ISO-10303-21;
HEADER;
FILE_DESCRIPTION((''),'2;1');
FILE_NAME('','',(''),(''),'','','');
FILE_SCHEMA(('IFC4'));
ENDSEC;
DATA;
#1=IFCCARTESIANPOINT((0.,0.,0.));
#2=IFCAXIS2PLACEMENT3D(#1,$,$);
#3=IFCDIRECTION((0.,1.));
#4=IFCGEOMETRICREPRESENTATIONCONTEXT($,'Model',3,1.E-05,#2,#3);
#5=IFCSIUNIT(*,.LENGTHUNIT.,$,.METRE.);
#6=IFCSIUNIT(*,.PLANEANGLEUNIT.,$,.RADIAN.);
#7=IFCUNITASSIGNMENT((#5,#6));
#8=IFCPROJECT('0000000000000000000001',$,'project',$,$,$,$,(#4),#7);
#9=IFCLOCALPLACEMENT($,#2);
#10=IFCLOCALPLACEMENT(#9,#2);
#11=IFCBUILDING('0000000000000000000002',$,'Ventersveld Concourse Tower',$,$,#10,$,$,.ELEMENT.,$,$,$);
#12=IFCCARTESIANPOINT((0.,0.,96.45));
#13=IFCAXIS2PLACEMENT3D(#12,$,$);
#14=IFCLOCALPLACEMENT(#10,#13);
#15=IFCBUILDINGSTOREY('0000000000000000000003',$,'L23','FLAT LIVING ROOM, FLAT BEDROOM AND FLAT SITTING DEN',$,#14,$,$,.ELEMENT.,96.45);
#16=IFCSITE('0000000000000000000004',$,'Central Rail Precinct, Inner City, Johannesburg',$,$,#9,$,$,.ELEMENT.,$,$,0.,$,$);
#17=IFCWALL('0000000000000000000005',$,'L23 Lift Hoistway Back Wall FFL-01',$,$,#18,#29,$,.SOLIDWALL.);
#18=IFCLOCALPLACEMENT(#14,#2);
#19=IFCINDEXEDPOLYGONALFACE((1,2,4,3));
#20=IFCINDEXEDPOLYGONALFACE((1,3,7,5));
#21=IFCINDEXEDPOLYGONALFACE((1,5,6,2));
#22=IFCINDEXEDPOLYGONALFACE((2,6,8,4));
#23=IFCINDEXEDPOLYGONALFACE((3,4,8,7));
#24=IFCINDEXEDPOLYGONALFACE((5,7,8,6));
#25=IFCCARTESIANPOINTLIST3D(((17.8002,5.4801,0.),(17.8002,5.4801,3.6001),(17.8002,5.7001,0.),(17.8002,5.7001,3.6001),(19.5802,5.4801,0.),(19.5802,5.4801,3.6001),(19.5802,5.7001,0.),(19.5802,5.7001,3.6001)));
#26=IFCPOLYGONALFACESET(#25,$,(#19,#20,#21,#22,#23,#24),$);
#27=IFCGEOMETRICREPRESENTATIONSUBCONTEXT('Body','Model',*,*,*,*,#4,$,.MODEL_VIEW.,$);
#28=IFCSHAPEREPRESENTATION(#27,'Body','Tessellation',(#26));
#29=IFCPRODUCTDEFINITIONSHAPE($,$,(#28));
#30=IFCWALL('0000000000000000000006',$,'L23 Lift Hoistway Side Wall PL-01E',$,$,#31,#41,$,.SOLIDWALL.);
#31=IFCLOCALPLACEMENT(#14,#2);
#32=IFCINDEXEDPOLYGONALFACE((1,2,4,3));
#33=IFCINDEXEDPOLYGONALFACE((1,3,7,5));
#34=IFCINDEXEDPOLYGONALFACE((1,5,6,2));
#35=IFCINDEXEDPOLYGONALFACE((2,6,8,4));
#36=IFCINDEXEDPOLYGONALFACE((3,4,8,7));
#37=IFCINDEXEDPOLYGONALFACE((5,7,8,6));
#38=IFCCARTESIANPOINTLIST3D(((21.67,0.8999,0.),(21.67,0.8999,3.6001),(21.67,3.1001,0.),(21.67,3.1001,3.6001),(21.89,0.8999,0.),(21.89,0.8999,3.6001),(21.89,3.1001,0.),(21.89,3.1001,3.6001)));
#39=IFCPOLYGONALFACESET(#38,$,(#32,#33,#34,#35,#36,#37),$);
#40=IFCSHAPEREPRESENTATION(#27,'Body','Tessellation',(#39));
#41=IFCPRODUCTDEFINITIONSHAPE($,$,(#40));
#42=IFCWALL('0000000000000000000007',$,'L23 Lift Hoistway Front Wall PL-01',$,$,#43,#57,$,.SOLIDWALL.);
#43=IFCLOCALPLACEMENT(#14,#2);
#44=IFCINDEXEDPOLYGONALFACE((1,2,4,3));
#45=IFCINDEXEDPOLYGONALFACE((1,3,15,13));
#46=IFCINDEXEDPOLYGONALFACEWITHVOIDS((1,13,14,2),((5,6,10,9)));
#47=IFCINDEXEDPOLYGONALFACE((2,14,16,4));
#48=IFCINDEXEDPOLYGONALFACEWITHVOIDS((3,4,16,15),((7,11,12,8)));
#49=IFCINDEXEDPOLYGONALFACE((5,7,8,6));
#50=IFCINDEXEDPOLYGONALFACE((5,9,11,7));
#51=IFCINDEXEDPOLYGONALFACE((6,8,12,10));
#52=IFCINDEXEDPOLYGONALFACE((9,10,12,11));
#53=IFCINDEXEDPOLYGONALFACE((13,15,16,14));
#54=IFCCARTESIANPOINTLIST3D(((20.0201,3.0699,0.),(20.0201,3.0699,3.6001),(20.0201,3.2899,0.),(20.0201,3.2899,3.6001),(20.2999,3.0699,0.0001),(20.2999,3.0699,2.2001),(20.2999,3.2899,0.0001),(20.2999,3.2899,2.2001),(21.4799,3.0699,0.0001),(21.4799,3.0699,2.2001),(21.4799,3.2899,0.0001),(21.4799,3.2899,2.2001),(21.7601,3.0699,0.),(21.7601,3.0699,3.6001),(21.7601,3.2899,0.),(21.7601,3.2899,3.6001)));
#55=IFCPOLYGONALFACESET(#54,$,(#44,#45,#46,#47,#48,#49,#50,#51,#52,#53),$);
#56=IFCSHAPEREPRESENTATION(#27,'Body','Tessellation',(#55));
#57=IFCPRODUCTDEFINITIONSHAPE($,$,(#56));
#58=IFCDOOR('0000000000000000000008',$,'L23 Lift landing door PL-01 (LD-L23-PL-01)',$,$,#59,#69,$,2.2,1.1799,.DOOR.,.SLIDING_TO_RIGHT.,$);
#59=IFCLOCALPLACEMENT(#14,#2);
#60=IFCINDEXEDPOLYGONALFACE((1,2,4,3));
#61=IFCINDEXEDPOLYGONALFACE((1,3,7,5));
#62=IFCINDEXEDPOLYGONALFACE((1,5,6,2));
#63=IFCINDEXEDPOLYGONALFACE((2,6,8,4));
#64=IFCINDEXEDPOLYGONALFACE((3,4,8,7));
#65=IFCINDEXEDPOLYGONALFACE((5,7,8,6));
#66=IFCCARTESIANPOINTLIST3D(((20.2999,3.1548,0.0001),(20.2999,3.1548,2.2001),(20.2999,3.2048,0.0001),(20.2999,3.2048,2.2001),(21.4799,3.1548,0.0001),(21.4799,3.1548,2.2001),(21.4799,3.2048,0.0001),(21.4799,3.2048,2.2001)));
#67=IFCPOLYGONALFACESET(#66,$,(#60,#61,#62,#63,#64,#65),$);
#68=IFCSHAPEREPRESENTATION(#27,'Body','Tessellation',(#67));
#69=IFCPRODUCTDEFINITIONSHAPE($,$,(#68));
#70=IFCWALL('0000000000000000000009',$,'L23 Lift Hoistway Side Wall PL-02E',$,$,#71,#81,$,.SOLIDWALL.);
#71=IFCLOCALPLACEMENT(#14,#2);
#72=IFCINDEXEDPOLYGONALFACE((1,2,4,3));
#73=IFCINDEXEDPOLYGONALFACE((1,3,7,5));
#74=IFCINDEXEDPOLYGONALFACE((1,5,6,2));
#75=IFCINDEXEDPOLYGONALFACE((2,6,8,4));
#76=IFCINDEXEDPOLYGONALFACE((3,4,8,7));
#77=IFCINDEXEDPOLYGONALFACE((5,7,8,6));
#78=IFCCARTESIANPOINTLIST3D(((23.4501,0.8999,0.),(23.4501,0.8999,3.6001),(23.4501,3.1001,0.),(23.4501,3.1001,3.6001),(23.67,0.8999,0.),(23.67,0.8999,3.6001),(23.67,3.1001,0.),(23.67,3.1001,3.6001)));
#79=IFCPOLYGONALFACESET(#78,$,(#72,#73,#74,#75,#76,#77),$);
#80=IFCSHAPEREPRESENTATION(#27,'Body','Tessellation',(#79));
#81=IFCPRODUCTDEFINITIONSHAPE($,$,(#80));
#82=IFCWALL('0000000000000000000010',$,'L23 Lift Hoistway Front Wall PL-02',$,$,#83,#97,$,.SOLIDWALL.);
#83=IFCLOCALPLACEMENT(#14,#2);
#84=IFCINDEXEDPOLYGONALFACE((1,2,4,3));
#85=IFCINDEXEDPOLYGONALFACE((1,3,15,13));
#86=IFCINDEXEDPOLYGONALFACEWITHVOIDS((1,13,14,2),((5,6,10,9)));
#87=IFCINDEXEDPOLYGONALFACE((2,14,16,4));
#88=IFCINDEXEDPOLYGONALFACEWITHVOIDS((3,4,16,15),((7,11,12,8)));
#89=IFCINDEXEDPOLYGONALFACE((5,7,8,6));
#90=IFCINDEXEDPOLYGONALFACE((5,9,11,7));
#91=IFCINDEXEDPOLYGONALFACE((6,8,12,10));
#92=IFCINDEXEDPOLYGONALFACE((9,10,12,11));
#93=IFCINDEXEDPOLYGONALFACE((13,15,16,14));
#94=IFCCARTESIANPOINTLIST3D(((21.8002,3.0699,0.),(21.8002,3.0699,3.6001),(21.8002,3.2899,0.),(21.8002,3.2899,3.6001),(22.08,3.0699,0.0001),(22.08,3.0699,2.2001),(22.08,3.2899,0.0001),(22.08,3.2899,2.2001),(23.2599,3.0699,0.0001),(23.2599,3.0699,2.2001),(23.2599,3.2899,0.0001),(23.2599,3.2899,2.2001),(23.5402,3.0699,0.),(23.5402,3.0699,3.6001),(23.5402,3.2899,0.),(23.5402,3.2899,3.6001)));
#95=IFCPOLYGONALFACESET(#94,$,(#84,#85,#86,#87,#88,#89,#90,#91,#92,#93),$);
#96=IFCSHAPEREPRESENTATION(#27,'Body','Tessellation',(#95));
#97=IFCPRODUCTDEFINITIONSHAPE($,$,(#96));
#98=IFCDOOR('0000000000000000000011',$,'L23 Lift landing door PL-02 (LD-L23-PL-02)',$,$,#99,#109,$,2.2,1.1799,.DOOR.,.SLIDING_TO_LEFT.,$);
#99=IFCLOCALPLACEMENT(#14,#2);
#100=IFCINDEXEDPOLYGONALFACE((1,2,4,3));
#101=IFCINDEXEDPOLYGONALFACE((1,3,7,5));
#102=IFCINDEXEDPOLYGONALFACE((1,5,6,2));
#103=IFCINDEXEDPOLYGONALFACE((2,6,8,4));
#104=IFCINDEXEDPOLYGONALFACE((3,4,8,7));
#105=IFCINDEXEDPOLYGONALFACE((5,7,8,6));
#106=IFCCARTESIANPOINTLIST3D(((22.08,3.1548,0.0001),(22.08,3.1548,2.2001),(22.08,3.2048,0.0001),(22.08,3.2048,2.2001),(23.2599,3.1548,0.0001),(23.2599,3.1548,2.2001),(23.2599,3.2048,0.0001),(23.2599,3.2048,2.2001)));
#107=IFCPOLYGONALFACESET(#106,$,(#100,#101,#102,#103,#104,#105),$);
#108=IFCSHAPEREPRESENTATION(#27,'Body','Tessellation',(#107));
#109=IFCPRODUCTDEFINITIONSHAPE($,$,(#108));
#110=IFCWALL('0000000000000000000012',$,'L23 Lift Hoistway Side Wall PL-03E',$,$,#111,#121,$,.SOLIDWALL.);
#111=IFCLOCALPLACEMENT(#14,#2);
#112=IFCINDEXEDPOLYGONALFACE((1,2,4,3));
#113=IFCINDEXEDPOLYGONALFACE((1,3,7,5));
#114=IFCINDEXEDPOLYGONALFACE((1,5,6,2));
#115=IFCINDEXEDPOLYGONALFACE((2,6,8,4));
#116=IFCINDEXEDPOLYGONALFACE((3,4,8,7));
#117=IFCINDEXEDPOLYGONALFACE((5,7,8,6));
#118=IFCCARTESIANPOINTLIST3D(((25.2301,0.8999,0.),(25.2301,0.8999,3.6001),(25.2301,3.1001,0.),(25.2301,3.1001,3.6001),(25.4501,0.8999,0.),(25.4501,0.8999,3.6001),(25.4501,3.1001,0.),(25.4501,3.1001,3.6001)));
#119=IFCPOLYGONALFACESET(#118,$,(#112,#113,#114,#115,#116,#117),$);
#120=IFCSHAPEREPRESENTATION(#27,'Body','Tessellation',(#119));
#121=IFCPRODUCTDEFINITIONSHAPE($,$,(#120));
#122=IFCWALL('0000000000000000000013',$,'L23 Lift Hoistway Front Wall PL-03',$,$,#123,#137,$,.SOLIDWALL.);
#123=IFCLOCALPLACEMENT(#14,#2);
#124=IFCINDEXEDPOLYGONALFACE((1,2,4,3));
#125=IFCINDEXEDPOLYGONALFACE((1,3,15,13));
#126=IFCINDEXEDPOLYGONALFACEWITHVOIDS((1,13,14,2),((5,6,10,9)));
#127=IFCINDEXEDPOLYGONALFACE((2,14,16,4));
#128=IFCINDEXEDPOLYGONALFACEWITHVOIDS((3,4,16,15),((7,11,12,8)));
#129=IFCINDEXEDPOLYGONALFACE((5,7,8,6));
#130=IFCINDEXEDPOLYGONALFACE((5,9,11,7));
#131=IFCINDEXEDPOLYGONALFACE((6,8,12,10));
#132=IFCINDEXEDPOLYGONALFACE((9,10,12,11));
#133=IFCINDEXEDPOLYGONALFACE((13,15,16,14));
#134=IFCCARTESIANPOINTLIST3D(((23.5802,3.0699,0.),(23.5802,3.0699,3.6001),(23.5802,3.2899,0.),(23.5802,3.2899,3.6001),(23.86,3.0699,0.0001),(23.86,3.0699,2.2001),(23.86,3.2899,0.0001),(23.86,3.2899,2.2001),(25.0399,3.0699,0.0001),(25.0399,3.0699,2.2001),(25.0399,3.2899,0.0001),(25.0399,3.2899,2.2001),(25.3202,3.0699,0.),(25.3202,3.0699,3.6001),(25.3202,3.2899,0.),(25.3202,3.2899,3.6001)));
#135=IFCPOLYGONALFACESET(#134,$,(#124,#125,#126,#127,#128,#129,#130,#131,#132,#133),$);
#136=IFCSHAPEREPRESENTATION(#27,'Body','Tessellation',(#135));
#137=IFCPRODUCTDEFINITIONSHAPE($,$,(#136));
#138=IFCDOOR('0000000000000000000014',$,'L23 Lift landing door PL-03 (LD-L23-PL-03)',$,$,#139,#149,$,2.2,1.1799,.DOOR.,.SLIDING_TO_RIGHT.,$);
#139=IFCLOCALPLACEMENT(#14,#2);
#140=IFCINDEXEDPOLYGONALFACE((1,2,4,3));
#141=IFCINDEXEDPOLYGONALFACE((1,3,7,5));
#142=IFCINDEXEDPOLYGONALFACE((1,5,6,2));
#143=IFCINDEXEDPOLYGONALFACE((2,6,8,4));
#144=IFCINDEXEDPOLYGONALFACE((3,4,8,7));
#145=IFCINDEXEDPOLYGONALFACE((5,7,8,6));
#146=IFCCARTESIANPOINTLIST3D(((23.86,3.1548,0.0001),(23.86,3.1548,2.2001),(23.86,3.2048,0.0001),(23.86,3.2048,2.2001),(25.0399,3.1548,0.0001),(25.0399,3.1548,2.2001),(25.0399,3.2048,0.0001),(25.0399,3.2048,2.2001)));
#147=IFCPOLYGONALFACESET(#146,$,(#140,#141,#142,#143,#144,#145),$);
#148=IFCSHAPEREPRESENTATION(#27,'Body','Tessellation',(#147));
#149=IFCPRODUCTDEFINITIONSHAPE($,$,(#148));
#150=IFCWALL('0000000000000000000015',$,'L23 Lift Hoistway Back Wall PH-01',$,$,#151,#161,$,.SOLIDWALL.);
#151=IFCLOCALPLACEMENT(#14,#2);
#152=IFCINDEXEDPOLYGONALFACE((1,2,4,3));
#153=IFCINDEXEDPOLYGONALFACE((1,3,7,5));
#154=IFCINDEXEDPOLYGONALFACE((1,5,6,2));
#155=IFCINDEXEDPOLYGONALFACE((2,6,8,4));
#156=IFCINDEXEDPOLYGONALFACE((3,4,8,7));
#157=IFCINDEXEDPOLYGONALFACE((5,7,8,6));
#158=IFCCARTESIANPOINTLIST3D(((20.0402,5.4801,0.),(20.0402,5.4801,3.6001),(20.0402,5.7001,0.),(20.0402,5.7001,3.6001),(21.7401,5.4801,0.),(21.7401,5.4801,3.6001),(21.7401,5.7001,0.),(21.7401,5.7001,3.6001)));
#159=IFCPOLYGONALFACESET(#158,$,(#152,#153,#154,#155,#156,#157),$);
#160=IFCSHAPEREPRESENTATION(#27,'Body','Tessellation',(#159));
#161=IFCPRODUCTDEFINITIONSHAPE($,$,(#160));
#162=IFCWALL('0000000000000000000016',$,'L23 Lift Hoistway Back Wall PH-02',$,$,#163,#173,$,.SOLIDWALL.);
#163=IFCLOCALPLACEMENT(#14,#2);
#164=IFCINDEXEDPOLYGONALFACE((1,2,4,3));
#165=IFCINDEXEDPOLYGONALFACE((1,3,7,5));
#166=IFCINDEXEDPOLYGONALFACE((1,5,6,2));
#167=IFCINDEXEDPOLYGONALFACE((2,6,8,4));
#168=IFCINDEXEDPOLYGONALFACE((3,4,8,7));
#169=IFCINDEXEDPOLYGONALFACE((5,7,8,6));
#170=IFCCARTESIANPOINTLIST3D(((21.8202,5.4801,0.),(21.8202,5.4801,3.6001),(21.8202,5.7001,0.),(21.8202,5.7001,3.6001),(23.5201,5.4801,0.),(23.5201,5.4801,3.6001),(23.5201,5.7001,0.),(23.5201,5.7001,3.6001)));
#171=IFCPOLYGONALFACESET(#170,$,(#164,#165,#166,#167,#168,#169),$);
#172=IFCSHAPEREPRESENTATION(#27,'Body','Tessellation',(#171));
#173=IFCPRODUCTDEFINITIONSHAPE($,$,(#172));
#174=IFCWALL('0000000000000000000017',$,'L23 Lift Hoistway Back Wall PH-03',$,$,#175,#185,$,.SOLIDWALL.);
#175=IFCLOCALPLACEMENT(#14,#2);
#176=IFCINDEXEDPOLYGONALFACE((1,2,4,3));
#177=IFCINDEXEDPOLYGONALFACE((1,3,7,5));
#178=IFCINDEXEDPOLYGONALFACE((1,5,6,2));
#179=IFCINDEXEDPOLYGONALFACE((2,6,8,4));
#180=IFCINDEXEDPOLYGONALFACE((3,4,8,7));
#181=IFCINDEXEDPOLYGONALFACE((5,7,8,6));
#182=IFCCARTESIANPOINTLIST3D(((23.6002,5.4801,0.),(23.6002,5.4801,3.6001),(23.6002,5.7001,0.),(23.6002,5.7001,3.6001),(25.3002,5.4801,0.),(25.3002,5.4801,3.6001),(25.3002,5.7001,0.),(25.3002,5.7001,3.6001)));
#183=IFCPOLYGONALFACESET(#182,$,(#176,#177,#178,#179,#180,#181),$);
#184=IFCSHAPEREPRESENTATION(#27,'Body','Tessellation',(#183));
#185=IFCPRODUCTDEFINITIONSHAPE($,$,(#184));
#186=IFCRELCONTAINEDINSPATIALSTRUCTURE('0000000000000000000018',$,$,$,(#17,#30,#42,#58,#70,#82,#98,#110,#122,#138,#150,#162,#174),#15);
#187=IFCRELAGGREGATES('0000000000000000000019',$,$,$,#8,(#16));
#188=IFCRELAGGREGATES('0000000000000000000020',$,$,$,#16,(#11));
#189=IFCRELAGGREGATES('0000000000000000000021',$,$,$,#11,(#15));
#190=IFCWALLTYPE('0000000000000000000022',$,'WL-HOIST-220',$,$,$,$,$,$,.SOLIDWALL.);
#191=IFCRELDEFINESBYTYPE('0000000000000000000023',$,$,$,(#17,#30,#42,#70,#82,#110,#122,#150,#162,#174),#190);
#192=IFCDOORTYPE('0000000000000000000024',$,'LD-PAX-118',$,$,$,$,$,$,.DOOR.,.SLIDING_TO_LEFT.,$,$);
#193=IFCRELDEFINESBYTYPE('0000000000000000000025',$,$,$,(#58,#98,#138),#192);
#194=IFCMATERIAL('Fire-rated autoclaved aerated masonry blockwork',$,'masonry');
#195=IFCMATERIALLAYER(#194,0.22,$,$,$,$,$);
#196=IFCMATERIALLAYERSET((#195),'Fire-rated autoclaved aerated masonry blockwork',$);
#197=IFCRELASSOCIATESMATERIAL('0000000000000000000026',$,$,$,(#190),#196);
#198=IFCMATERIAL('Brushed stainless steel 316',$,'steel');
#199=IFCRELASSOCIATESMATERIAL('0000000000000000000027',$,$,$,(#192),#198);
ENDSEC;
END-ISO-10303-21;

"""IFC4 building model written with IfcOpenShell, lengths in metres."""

from ifc_helpers import new_model, si_unit, direction, frame, frame_2d, origin, place, context, subcontext, project, spatial, rectangle, extrude, material, layer, layer_set, type_object, element, fill, save


model = new_model("IFC4")

# Units and contexts
model_context = context("Model", 3, precision=1e-05, world=origin(), true_north=direction((0.0, 1.0)))
body_context = subcontext(model_context, "Body", "Model", "MODEL_VIEW")
ifc_project = project(units=[si_unit("LENGTHUNIT", "METRE"), si_unit("PLANEANGLEUNIT", "RADIAN")], contexts=[model_context])

# Site, building, storey
site_placement = place(None, origin())
site = spatial("IfcSite", under=ifc_project, at=site_placement, Name="Central Rail Precinct, Inner City, Johannesburg", CompositionType="ELEMENT", RefElevation=0.0)
building_placement = place(site_placement, origin())
building = spatial("IfcBuilding", under=site, at=building_placement, Name="Ventersveld Concourse Tower", CompositionType="ELEMENT")
storey_placement = place(building_placement, frame((0.0, 0.0, 96.45)))
storey = spatial("IfcBuildingStorey", under=building, at=storey_placement, Name="L23", Description="FLAT LIVING ROOM, FLAT BEDROOM AND FLAT SITTING DEN", CompositionType="ELEMENT", Elevation=96.45)

# Walls
ifc_material_1 = material(Name="Fire-rated autoclaved aerated masonry blockwork", Category="masonry")
ifc_layer_1 = layer(ifc_material_1, 0.22)
ifc_layer_set_1 = layer_set([ifc_layer_1], Name="Fire-rated autoclaved aerated masonry blockwork")
wall_type_1 = type_object("IfcWallType", Name="WL-HOIST-220", PredefinedType="SOLIDWALL", material=ifc_layer_set_1)
wall_1_placement = place(storey_placement, frame((17.8, 5.5901, 0.0), z_axis=(0.0, 0.0, 1.0), x_axis=(1.0, 0.0, 0.0)))
element("IfcWall", 1, at=wall_1_placement, inside=storey, type_object=wall_type_1, Name="L23 Lift Hoistway Back Wall FFL-01", PredefinedType="SOLIDWALL", context=body_context, shape_type="SweptSolid", body=[
    extrude(rectangle(XDim=1.78, YDim=0.22, at=frame_2d((0.8901, 0.0))), origin(), (0.0, 0.0, 1.0), 3.6001),
])
wall_2_placement = place(storey_placement, frame((21.78, 0.8999, 0.0), z_axis=(0.0, 0.0, 1.0), x_axis=(0.0, 1.0, 0.0)))
element("IfcWall", 2, at=wall_2_placement, inside=storey, type_object=wall_type_1, Name="L23 Lift Hoistway Side Wall PL-01E", PredefinedType="SOLIDWALL", context=body_context, shape_type="SweptSolid", body=[
    extrude(rectangle(XDim=2.2002, YDim=0.22, at=frame_2d((1.1001, 0.0))), origin(), (0.0, 0.0, 1.0), 3.6001),
])

# Wall, opening, door
wall_3_placement = place(storey_placement, frame((20.02, 3.1799, 0.0), z_axis=(0.0, 0.0, 1.0), x_axis=(1.0, 0.0, 0.0)))
wall_3 = element("IfcWall", 3, at=wall_3_placement, inside=storey, type_object=wall_type_1, Name="L23 Lift Hoistway Front Wall PL-01", PredefinedType="SOLIDWALL", context=body_context, shape_type="SweptSolid", body=[
    extrude(rectangle(XDim=1.74, YDim=0.22, at=frame_2d((0.8701, 0.0))), origin(), (0.0, 0.0, 1.0), 3.6001),
])
opening_1_placement = place(wall_3_placement, frame((0.28, 0.0, 0.0)))
opening_1 = element("IfcOpeningElement", 4, at=opening_1_placement, cuts=wall_3, PredefinedType="OPENING", context=body_context, shape_type="SweptSolid", body=[
    extrude(rectangle(XDim=1.1799, YDim=2.2, at=frame_2d((0.5898, 1.1001))), frame((0.0, 0.1201, 0.0), z_axis=(0.0, -1.0, 0.0), x_axis=(1.0, 0.0, 0.0)), (0.0, 0.0, 1.0), 0.24),
])
ifc_material_2 = material(Name="Brushed stainless steel 316", Category="steel")
door_type = type_object("IfcDoorType", Name="LD-PAX-118", OperationType="SLIDING_TO_LEFT", PredefinedType="DOOR", material=ifc_material_2)
door_1_placement = place(opening_1_placement, origin())
door_1 = element("IfcDoor", 5, at=door_1_placement, inside=storey, type_object=door_type, Name="L23 Lift landing door PL-01 (LD-L23-PL-01)", OperationType="SLIDING_TO_RIGHT", OverallHeight=2.2, OverallWidth=1.1799, PredefinedType="DOOR", context=body_context, shape_type="SweptSolid", body=[
    extrude(rectangle(XDim=1.1799, YDim=2.2, at=frame_2d((0.5898, 1.1001))), frame((0.0, 0.0249, 0.0), z_axis=(0.0, -1.0, 0.0), x_axis=(1.0, 0.0, 0.0)), (0.0, 0.0, 1.0), 0.05),
])
fill(opening_1, door_1)

# Wall
wall_4_placement = place(storey_placement, frame((23.5601, 0.8999, 0.0), z_axis=(0.0, 0.0, 1.0), x_axis=(0.0, 1.0, 0.0)))
element("IfcWall", 6, at=wall_4_placement, inside=storey, type_object=wall_type_1, Name="L23 Lift Hoistway Side Wall PL-02E", PredefinedType="SOLIDWALL", context=body_context, shape_type="SweptSolid", body=[
    extrude(rectangle(XDim=2.2002, YDim=0.22, at=frame_2d((1.1001, 0.0))), origin(), (0.0, 0.0, 1.0), 3.6001),
])

# Wall, opening, door
wall_5_placement = place(storey_placement, frame((21.8, 3.1799, 0.0), z_axis=(0.0, 0.0, 1.0), x_axis=(1.0, 0.0, 0.0)))
wall_5 = element("IfcWall", 7, at=wall_5_placement, inside=storey, type_object=wall_type_1, Name="L23 Lift Hoistway Front Wall PL-02", PredefinedType="SOLIDWALL", context=body_context, shape_type="SweptSolid", body=[
    extrude(rectangle(XDim=1.74, YDim=0.22, at=frame_2d((0.8701, 0.0))), origin(), (0.0, 0.0, 1.0), 3.6001),
])
opening_2_placement = place(wall_5_placement, frame((0.28, 0.0, 0.0)))
opening_2 = element("IfcOpeningElement", 8, at=opening_2_placement, cuts=wall_5, PredefinedType="OPENING", context=body_context, shape_type="SweptSolid", body=[
    extrude(rectangle(XDim=1.1799, YDim=2.2, at=frame_2d((0.5898, 1.1001))), frame((0.0, 0.1201, 0.0), z_axis=(0.0, -1.0, 0.0), x_axis=(1.0, 0.0, 0.0)), (0.0, 0.0, 1.0), 0.24),
])
door_2_placement = place(opening_2_placement, origin())
door_2 = element("IfcDoor", 9, at=door_2_placement, inside=storey, type_object=door_type, Name="L23 Lift landing door PL-02 (LD-L23-PL-02)", OperationType="SLIDING_TO_LEFT", OverallHeight=2.2, OverallWidth=1.1799, PredefinedType="DOOR", context=body_context, shape_type="SweptSolid", body=[
    extrude(rectangle(XDim=1.1799, YDim=2.2, at=frame_2d((0.5898, 1.1001))), frame((0.0, 0.0249, 0.0), z_axis=(0.0, -1.0, 0.0), x_axis=(1.0, 0.0, 0.0)), (0.0, 0.0, 1.0), 0.05),
])
fill(opening_2, door_2)

# Wall
wall_6_placement = place(storey_placement, frame((25.3401, 0.8999, 0.0), z_axis=(0.0, 0.0, 1.0), x_axis=(0.0, 1.0, 0.0)))
element("IfcWall", 10, at=wall_6_placement, inside=storey, type_object=wall_type_1, Name="L23 Lift Hoistway Side Wall PL-03E", PredefinedType="SOLIDWALL", context=body_context, shape_type="SweptSolid", body=[
    extrude(rectangle(XDim=2.2002, YDim=0.22, at=frame_2d((1.1001, 0.0))), origin(), (0.0, 0.0, 1.0), 3.6001),
])

# Wall, opening, door
wall_7_placement = place(storey_placement, frame((23.5801, 3.1799, 0.0), z_axis=(0.0, 0.0, 1.0), x_axis=(1.0, 0.0, 0.0)))
wall_7 = element("IfcWall", 11, at=wall_7_placement, inside=storey, type_object=wall_type_1, Name="L23 Lift Hoistway Front Wall PL-03", PredefinedType="SOLIDWALL", context=body_context, shape_type="SweptSolid", body=[
    extrude(rectangle(XDim=1.74, YDim=0.22, at=frame_2d((0.8701, 0.0))), origin(), (0.0, 0.0, 1.0), 3.6001),
])
opening_3_placement = place(wall_7_placement, frame((0.28, 0.0, 0.0)))
opening_3 = element("IfcOpeningElement", 12, at=opening_3_placement, cuts=wall_7, PredefinedType="OPENING", context=body_context, shape_type="SweptSolid", body=[
    extrude(rectangle(XDim=1.1799, YDim=2.2, at=frame_2d((0.5898, 1.1001))), frame((0.0, 0.1201, 0.0), z_axis=(0.0, -1.0, 0.0), x_axis=(1.0, 0.0, 0.0)), (0.0, 0.0, 1.0), 0.24),
])
door_3_placement = place(opening_3_placement, origin())
door_3 = element("IfcDoor", 13, at=door_3_placement, inside=storey, type_object=door_type, Name="L23 Lift landing door PL-03 (LD-L23-PL-03)", OperationType="SLIDING_TO_RIGHT", OverallHeight=2.2, OverallWidth=1.1799, PredefinedType="DOOR", context=body_context, shape_type="SweptSolid", body=[
    extrude(rectangle(XDim=1.1799, YDim=2.2, at=frame_2d((0.5898, 1.1001))), frame((0.0, 0.0249, 0.0), z_axis=(0.0, -1.0, 0.0), x_axis=(1.0, 0.0, 0.0)), (0.0, 0.0, 1.0), 0.05),
])
fill(opening_3, door_3)

# Walls
for number, where, z_axis, x_axis, name in (
    (14, (20.04, 5.5901, 0.0), (0.0, 0.0, 1.0), (1.0, 0.0, 0.0), "L23 Lift Hoistway Back Wall PH-01"),
    (15, (21.8201, 5.5901, 0.0), (0.0, 0.0, 1.0), (1.0, 0.0, 0.0), "L23 Lift Hoistway Back Wall PH-02"),
    (16, (23.6001, 5.5901, 0.0), (0.0, 0.0, 1.0), (1.0, 0.0, 0.0), "L23 Lift Hoistway Back Wall PH-03"),
):
    element("IfcWall", number, at=place(storey_placement, frame(where, z_axis=z_axis, x_axis=x_axis)), inside=storey, type_object=wall_type_1, Name=name, PredefinedType="SOLIDWALL", context=body_context, shape_type="SweptSolid", body=[
        extrude(rectangle(XDim=1.7, YDim=0.22, at=frame_2d((0.8501, 0.0))), origin(), (0.0, 0.0, 1.0), 3.6001),
    ])

save(model, "model.ifc")
